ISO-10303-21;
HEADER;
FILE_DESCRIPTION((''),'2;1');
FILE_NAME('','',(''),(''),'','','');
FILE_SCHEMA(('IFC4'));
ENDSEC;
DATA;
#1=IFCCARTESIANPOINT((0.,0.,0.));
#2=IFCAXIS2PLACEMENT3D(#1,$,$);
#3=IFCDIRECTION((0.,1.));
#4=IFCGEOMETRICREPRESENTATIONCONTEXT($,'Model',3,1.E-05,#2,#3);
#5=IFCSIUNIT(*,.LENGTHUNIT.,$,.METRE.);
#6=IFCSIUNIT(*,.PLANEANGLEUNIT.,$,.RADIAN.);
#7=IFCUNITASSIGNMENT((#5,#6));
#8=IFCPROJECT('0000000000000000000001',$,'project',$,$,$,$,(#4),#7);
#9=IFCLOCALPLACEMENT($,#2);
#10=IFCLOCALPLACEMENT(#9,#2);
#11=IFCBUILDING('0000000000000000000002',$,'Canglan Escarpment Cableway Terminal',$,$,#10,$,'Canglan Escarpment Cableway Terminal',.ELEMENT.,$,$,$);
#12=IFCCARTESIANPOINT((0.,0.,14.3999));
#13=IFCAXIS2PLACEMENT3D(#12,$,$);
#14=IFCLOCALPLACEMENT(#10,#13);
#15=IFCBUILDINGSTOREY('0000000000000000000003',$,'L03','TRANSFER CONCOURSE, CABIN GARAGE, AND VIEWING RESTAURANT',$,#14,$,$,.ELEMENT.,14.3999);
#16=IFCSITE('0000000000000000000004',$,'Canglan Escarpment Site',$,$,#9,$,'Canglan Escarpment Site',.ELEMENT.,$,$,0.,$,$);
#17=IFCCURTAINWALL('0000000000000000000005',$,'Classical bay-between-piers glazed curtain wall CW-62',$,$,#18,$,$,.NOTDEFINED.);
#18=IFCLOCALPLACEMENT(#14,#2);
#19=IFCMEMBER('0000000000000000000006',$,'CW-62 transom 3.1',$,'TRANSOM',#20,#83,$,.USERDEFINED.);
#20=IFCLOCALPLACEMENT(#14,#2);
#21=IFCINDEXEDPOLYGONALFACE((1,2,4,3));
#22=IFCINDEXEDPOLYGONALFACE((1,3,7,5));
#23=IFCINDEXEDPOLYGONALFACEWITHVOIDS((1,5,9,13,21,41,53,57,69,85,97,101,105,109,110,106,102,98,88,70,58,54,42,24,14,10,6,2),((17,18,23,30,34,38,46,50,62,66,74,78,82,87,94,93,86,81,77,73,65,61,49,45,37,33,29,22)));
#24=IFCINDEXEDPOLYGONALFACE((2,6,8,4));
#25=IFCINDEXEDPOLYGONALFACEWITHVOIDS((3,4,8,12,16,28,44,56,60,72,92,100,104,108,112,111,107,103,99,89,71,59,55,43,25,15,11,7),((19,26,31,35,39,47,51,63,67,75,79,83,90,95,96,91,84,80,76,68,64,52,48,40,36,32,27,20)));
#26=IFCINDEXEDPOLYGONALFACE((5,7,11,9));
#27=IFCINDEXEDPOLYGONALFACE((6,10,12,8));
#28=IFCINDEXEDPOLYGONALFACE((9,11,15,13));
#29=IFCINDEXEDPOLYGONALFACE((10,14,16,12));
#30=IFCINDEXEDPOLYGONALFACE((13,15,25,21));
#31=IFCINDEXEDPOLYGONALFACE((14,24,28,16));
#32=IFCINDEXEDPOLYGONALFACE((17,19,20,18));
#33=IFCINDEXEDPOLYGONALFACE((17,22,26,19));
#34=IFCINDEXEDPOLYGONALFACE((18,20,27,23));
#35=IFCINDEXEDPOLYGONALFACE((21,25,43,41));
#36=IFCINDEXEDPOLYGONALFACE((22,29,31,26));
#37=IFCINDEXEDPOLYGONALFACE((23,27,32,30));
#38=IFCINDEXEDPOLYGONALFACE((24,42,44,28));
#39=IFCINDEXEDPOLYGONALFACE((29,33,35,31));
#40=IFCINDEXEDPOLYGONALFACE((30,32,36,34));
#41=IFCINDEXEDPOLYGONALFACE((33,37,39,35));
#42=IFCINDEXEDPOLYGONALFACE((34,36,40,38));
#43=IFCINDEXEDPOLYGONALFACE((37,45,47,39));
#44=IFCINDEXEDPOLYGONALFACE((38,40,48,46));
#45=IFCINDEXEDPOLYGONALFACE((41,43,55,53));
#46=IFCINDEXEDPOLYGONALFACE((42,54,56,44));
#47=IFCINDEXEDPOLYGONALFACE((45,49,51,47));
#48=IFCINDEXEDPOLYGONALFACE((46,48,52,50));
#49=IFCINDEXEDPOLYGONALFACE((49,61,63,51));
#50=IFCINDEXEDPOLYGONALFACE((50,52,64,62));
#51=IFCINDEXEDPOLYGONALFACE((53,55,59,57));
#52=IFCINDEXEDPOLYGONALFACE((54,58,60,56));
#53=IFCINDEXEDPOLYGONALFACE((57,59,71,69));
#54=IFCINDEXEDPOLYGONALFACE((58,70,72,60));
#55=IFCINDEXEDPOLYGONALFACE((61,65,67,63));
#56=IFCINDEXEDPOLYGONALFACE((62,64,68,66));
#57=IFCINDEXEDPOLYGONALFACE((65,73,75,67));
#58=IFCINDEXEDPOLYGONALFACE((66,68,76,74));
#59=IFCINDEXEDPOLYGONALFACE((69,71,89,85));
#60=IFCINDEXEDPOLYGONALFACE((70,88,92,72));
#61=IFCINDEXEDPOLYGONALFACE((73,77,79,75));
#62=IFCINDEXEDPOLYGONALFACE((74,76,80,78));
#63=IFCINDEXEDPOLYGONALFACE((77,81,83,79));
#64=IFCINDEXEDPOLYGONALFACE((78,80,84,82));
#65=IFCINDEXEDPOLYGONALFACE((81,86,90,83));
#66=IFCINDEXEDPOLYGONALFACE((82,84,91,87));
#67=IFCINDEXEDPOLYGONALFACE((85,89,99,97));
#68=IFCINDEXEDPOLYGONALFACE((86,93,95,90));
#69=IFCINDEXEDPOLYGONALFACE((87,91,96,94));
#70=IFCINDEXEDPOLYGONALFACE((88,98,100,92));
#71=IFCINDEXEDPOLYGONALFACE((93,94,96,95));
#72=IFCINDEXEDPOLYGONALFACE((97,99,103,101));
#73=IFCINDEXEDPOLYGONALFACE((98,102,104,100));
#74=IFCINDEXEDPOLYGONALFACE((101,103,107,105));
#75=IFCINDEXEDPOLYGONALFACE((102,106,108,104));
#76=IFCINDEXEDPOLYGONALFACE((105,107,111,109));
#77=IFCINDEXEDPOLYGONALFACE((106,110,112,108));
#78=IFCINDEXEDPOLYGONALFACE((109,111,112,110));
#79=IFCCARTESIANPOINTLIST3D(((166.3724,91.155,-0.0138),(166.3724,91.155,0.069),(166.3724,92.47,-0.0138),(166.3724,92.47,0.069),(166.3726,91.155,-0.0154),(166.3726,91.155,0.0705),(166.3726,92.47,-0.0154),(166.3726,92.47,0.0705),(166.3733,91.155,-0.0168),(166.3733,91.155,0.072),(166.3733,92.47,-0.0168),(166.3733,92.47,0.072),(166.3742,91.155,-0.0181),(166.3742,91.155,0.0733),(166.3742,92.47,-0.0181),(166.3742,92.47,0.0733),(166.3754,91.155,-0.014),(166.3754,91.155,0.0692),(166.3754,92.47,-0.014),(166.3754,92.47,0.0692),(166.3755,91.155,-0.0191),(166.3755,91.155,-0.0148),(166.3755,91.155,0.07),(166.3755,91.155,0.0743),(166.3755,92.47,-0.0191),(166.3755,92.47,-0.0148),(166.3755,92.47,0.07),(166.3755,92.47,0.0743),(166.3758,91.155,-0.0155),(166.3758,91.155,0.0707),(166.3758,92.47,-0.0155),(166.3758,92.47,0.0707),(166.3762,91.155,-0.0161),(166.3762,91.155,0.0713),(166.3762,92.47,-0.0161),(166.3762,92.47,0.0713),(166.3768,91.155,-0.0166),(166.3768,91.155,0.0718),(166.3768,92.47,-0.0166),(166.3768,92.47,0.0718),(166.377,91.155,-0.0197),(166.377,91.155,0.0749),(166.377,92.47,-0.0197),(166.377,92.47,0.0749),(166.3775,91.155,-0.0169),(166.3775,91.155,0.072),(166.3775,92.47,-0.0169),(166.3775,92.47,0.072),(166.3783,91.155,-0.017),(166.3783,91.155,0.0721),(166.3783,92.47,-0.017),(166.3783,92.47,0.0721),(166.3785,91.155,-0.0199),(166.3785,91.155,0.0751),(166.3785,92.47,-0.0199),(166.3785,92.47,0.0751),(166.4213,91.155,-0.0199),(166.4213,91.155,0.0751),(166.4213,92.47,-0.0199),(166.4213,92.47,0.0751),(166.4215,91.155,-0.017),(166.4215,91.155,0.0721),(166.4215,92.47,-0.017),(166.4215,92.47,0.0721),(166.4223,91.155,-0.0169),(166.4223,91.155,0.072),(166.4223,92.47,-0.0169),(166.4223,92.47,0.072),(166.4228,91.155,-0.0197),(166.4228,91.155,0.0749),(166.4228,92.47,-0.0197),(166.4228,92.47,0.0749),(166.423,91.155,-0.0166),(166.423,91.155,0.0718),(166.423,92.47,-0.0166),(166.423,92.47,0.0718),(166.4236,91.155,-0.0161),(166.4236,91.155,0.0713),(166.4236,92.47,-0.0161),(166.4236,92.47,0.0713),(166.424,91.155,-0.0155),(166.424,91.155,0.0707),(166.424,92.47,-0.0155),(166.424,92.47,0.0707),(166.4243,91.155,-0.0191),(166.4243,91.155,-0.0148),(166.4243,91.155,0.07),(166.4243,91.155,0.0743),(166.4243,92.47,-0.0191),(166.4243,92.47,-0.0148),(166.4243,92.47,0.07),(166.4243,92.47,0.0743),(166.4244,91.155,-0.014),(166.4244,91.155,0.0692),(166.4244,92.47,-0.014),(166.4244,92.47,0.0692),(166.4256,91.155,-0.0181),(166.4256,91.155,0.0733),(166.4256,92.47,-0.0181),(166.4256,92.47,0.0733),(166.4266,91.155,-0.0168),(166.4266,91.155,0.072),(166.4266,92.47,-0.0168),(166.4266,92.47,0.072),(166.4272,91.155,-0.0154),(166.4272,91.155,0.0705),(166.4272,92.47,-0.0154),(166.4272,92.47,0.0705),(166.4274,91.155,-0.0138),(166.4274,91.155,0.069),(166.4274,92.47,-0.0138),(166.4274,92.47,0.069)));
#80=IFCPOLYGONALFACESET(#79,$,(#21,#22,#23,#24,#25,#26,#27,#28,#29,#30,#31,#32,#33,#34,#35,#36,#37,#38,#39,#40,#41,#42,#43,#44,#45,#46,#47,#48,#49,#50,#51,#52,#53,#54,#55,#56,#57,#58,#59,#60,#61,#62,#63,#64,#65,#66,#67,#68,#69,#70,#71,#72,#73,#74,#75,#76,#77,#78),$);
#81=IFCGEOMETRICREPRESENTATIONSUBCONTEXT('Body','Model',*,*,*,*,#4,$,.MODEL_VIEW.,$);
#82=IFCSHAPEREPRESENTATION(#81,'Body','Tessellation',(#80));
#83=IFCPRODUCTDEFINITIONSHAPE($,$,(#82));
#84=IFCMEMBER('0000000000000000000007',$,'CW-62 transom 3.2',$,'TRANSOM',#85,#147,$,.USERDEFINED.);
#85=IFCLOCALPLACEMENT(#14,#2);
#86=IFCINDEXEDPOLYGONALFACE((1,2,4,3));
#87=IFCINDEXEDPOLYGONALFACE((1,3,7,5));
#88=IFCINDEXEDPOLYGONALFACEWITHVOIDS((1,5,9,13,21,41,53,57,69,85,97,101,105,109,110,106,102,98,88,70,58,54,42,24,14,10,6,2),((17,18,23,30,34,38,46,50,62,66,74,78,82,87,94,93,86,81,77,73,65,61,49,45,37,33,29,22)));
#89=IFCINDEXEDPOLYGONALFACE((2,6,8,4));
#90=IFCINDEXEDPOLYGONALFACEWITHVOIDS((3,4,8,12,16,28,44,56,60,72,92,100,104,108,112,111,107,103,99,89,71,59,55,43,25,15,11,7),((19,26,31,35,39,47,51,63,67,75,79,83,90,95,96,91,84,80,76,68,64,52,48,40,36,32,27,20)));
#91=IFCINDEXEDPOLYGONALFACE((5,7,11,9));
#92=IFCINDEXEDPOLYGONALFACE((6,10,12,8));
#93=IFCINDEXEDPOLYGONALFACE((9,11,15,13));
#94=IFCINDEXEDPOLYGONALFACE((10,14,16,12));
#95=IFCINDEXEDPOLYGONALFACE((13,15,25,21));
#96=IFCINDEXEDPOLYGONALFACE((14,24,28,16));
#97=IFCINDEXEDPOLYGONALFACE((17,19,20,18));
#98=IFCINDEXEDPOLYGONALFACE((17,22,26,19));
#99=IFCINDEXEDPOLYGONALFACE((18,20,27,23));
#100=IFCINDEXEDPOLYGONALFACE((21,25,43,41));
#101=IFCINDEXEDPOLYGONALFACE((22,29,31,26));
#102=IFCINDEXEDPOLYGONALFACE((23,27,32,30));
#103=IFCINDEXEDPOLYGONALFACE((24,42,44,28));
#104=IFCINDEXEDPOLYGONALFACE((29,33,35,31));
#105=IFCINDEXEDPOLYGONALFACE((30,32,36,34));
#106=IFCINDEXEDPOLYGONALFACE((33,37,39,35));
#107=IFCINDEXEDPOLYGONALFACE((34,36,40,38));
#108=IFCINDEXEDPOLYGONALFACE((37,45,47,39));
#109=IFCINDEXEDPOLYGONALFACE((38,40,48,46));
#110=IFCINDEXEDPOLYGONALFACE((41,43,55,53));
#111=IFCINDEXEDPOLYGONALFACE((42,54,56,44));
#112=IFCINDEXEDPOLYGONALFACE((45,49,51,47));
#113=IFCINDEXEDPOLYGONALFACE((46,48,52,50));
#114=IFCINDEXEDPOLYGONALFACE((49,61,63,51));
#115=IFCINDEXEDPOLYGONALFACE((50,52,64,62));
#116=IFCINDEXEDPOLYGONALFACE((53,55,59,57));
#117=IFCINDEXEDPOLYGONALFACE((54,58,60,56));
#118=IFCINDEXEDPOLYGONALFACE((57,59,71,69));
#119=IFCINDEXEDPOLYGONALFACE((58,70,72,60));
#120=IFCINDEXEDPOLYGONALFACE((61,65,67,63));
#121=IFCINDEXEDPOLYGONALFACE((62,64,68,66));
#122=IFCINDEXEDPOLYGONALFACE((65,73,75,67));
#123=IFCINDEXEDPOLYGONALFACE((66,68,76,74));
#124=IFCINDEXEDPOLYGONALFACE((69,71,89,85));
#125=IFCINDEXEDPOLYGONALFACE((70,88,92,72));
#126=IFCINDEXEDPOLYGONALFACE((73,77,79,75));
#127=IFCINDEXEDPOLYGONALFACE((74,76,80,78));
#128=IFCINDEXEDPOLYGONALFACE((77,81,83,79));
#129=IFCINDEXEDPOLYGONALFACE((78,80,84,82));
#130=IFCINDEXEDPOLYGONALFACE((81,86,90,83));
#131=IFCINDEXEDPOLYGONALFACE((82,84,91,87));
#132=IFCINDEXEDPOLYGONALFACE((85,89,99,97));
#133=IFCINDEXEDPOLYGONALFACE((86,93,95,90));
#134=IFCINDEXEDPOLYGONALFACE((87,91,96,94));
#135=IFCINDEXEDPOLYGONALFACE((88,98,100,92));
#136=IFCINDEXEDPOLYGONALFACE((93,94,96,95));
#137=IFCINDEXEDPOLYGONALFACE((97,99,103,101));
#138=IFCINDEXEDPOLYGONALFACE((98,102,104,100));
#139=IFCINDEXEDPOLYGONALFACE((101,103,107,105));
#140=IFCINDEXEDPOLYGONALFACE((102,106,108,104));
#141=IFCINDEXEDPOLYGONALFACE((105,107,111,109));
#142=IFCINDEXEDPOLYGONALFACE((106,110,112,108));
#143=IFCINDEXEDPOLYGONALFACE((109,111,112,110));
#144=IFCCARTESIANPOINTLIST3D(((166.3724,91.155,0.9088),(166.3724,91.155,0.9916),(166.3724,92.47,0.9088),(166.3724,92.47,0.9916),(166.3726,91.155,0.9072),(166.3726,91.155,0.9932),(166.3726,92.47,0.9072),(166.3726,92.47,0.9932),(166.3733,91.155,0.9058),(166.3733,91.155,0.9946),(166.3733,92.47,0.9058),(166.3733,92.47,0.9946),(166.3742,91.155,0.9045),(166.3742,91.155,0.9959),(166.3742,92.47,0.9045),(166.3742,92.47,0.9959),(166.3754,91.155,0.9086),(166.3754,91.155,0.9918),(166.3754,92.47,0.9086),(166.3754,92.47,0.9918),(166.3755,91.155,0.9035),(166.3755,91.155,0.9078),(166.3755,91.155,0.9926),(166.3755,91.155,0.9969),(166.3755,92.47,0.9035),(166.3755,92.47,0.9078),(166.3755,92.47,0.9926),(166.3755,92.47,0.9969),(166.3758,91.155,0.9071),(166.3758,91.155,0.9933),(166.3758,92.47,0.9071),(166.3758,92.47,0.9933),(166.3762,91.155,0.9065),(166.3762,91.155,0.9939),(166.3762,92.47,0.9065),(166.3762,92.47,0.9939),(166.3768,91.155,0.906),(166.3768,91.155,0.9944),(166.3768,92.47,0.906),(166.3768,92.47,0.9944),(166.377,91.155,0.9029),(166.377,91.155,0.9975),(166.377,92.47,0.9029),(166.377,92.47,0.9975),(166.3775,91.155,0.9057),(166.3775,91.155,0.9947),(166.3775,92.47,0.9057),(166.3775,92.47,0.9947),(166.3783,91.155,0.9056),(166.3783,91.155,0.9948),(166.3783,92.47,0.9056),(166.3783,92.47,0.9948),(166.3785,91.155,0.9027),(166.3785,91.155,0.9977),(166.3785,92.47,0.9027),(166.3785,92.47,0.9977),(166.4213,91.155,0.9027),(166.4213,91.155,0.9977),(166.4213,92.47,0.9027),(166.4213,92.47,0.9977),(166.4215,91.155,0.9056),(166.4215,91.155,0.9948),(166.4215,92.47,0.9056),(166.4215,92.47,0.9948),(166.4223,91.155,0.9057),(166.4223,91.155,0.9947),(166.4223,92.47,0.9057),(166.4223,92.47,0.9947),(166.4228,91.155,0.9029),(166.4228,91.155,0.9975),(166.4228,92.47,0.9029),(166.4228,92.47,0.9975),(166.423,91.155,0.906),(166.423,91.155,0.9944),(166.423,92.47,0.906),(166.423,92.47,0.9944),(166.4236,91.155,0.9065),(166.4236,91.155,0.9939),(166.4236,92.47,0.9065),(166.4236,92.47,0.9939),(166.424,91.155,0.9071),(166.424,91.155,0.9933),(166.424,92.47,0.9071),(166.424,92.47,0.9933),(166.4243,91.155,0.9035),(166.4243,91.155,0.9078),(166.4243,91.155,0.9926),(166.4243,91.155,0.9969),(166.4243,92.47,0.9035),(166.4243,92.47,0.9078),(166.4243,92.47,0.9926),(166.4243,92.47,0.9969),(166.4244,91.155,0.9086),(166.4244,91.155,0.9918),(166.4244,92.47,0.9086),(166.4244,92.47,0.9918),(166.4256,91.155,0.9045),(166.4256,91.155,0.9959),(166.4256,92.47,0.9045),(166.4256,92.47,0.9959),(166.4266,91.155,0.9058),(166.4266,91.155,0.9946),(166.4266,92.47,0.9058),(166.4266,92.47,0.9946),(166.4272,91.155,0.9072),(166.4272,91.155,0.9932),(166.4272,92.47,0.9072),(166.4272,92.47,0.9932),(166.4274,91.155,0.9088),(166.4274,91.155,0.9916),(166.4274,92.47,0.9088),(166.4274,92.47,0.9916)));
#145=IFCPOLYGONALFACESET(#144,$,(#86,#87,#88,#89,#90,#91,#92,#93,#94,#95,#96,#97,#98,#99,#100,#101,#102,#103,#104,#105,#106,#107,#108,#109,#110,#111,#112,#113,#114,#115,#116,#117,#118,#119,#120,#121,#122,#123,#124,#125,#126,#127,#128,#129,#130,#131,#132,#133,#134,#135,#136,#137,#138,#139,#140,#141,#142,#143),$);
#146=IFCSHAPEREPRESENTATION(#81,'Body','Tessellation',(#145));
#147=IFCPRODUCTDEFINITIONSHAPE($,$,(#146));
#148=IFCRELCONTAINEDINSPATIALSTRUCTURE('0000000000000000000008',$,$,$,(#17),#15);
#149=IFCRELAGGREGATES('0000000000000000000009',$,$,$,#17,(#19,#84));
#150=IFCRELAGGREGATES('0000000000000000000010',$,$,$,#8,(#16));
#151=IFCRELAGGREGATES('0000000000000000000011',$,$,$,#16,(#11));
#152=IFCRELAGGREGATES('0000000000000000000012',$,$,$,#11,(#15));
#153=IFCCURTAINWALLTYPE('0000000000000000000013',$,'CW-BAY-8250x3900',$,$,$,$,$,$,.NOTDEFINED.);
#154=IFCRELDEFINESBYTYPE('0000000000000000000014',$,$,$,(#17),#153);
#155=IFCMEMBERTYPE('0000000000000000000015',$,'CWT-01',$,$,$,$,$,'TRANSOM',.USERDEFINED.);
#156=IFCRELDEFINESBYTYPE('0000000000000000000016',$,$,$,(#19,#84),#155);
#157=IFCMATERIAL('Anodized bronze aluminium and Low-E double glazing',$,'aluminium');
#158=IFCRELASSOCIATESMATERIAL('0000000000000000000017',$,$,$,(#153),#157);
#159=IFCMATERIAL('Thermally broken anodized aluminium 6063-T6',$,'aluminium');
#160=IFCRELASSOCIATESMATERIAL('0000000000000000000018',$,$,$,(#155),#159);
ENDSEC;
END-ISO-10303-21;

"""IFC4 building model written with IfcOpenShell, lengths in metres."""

from ifc_helpers import new_model, si_unit, direction, frame, origin, origin_2d, place, context, subcontext, project, spatial, hollow_rectangle, extrude, material, material_profile, profile_set, type_object, element, aggregate, save


model = new_model("IFC4")

# Units and contexts
model_context = context("Model", 3, precision=1e-05, world=origin(), true_north=direction((0.0, 1.0)))
body_context = subcontext(model_context, "Body", "Model", "MODEL_VIEW")
ifc_project = project(units=[si_unit("LENGTHUNIT", "METRE"), si_unit("PLANEANGLEUNIT", "RADIAN")], contexts=[model_context])

# Site, building, storey
site_placement = place(None, origin())
site = spatial("IfcSite", under=ifc_project, at=site_placement, Name="Canglan Escarpment Site", LongName="Canglan Escarpment Site", CompositionType="ELEMENT", RefElevation=0.0)
building_placement = place(site_placement, origin())
building = spatial("IfcBuilding", under=site, at=building_placement, Name="Canglan Escarpment Cableway Terminal", LongName="Canglan Escarpment Cableway Terminal", CompositionType="ELEMENT")
storey_placement = place(building_placement, frame((0.0, 0.0, 14.3999)))
storey = spatial("IfcBuildingStorey", under=building, at=storey_placement, Name="L03", Description="TRANSFER CONCOURSE, CABIN GARAGE, AND VIEWING RESTAURANT", CompositionType="ELEMENT", Elevation=14.3999)

# Curtain wall, members
ifc_material_1 = material(Name="Anodized bronze aluminium and Low-E double glazing", Category="aluminium")
curtain_wall_type = type_object("IfcCurtainWallType", Name="CW-BAY-8250x3900", PredefinedType="NOTDEFINED", material=ifc_material_1)
curtain_wall_placement = place(storey_placement, origin())
curtain_wall = element("IfcCurtainWall", 1, at=curtain_wall_placement, inside=storey, type_object=curtain_wall_type, Name="Classical bay-between-piers glazed curtain wall CW-62", PredefinedType="NOTDEFINED")
ifc_material_2 = material(Name="Thermally broken anodized aluminium 6063-T6", Category="aluminium")
ifc_material_profile_1 = material_profile(ifc_material_2, hollow_rectangle(XDim=0.0549, YDim=0.095, WallThickness=0.0029, InnerFilletRadius=0.0029, OuterFilletRadius=0.0061, at=origin_2d()), Name="ALU-TRAN 55x95x3")
ifc_profile_set_1 = profile_set([ifc_material_profile_1], Name="Thermally broken anodized aluminium 6063-T6")
member_type_1 = type_object("IfcMemberType", Name="CWT-01", ElementType="TRANSOM", PredefinedType="USERDEFINED", material=ifc_profile_set_1)
member_1_placement = place(storey_placement, frame((166.3999, 91.155, 0.0276), z_axis=(0.0, 1.0, 0.0), x_axis=(-1.0, 0.0, 0.0)))
member_1 = element("IfcMember", 2, at=member_1_placement, type_object=member_type_1, Name="CW-62 transom 3.1", ObjectType="TRANSOM", PredefinedType="USERDEFINED", context=body_context, shape_type="SweptSolid", body=[
    extrude(hollow_rectangle(XDim=0.0549, YDim=0.095, WallThickness=0.0029, InnerFilletRadius=0.0029, OuterFilletRadius=0.0061, at=origin_2d()), origin(), (0.0, 0.0, 1.0), 1.3149),
])
member_2_placement = place(storey_placement, frame((166.3999, 91.155, 0.9502), z_axis=(0.0, 1.0, 0.0), x_axis=(-1.0, 0.0, 0.0)))
member_2 = element("IfcMember", 3, at=member_2_placement, type_object=member_type_1, Name="CW-62 transom 3.2", ObjectType="TRANSOM", PredefinedType="USERDEFINED", context=body_context, shape_type="SweptSolid", body=[
    extrude(hollow_rectangle(XDim=0.0549, YDim=0.095, WallThickness=0.0029, InnerFilletRadius=0.0029, OuterFilletRadius=0.0061, at=origin_2d()), origin(), (0.0, 0.0, 1.0), 1.3149),
])
aggregate(curtain_wall, [member_1, member_2])

save(model, "model.ifc")
